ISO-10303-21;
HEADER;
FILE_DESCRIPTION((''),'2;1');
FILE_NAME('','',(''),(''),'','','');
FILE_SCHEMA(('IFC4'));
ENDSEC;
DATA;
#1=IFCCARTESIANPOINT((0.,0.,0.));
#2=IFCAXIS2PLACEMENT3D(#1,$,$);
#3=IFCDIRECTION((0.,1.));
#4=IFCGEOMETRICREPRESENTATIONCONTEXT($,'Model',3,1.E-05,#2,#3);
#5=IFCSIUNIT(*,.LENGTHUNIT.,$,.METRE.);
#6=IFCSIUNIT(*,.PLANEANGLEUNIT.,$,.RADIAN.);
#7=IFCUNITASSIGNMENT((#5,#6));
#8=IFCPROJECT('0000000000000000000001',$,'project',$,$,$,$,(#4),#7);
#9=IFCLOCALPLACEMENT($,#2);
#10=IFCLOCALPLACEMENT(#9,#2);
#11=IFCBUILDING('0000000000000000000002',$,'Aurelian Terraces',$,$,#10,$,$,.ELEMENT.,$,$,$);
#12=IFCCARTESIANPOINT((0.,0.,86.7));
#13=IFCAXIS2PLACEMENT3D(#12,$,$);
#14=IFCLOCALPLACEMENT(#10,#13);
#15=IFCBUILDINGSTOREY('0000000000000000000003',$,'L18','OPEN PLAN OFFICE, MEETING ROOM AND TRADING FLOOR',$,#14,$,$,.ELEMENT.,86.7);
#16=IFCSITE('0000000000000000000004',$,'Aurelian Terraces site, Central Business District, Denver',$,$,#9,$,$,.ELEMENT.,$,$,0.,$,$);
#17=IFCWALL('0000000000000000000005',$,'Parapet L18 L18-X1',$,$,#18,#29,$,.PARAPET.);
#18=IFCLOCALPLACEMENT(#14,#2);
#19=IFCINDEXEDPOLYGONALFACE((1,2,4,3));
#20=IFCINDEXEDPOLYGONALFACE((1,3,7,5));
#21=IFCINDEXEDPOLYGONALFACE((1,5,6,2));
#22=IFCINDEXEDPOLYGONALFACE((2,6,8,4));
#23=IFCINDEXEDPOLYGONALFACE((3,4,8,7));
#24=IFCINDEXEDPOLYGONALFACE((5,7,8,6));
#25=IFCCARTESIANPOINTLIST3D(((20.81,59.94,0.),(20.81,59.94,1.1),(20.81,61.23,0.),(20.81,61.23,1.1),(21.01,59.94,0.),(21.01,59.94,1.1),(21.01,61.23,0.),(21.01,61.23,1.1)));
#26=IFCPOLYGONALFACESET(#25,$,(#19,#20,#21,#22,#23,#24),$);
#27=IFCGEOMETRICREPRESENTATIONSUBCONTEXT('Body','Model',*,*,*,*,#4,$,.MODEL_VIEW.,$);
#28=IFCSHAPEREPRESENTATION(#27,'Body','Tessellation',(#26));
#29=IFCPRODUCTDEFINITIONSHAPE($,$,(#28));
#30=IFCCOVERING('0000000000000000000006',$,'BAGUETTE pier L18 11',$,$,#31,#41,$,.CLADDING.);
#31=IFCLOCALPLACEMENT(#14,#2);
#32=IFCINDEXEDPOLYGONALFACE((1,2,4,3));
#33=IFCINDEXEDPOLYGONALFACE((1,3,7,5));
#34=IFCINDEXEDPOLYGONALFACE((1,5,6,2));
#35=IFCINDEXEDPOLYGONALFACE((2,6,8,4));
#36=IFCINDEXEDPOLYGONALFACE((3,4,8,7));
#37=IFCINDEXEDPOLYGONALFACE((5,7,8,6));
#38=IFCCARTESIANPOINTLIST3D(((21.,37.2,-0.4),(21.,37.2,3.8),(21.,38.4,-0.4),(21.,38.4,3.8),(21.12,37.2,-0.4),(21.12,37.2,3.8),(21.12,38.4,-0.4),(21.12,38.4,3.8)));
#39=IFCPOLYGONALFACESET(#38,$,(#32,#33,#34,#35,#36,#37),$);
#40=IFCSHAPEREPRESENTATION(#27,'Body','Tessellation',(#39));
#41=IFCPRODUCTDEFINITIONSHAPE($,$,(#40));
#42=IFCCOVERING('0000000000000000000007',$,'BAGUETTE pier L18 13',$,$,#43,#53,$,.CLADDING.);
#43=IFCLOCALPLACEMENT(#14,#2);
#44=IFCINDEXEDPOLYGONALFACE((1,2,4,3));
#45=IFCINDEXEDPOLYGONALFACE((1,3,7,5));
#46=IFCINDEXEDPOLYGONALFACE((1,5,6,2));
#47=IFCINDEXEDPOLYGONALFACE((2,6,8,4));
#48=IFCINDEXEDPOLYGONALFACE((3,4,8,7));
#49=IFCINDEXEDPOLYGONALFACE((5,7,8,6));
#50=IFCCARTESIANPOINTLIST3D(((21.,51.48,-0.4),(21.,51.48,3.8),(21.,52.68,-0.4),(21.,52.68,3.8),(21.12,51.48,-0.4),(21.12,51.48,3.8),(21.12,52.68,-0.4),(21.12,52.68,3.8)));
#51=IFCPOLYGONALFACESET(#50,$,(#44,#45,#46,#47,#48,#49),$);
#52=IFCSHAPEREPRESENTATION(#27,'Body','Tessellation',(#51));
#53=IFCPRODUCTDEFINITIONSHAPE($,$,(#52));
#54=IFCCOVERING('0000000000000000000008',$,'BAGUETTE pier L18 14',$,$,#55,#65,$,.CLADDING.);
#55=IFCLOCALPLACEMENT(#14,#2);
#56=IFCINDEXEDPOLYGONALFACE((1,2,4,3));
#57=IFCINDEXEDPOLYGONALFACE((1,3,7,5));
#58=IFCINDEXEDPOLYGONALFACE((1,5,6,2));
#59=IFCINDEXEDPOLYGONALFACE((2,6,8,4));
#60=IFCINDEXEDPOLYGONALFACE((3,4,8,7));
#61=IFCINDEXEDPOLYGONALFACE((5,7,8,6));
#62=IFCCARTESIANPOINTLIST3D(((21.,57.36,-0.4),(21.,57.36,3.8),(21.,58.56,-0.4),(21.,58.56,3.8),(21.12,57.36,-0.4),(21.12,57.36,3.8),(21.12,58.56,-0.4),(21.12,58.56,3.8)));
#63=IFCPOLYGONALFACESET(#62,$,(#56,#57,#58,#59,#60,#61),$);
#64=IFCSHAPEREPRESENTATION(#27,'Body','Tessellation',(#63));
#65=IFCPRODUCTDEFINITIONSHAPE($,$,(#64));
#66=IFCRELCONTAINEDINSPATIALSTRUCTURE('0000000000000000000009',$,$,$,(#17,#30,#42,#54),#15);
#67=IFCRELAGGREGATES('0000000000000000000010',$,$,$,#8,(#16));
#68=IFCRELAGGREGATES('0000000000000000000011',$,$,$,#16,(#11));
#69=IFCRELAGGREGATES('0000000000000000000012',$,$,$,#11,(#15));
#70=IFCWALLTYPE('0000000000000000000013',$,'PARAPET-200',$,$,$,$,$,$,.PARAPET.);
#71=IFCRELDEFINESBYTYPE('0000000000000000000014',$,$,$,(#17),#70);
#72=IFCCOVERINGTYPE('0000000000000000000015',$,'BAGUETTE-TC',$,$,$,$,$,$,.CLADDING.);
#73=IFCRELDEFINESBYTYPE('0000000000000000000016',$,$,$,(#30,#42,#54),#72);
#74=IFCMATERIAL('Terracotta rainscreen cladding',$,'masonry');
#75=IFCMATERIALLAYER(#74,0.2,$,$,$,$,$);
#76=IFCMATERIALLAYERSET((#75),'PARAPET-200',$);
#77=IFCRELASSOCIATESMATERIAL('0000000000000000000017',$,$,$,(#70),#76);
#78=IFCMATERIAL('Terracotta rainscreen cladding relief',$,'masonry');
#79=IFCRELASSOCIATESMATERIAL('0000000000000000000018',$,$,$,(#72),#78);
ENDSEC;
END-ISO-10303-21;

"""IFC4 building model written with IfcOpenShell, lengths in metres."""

from ifc_helpers import new_model, si_unit, direction, frame, frame_2d, origin, origin_2d, place, context, subcontext, project, spatial, rectangle, extrude, source, transform, mapped, material, layer, layer_set, type_object, element, save


model = new_model("IFC4")

# Units and contexts
model_context = context("Model", 3, precision=1e-05, world=origin(), true_north=direction((0.0, 1.0)))
body_context = subcontext(model_context, "Body", "Model", "MODEL_VIEW")
ifc_project = project(units=[si_unit("LENGTHUNIT", "METRE"), si_unit("PLANEANGLEUNIT", "RADIAN")], contexts=[model_context])

# Site, building, storey
site_placement = place(None, origin())
site = spatial("IfcSite", under=ifc_project, at=site_placement, Name="Aurelian Terraces site, Central Business District, Denver", CompositionType="ELEMENT", RefElevation=0.0)
building_placement = place(site_placement, origin())
building = spatial("IfcBuilding", under=site, at=building_placement, Name="Aurelian Terraces", CompositionType="ELEMENT")
storey_placement = place(building_placement, frame((0.0, 0.0, 86.7)))
storey = spatial("IfcBuildingStorey", under=building, at=storey_placement, Name="L18", Description="OPEN PLAN OFFICE, MEETING ROOM AND TRADING FLOOR", CompositionType="ELEMENT", Elevation=86.7)

# Shared definitions
ifc_material_1 = material(Name="Terracotta rainscreen cladding", Category="masonry")

# Wall
ifc_layer_1 = layer(ifc_material_1, 0.2)
ifc_layer_set_1 = layer_set([ifc_layer_1], Name="PARAPET-200")
wall_type_1 = type_object("IfcWallType", Name="PARAPET-200", PredefinedType="PARAPET", material=ifc_layer_set_1)
shared_shape_1 = source(origin(), body_context, "Body", "SweptSolid", [
    extrude(rectangle(XDim=1.29, YDim=0.2, at=frame_2d((0.645, 0.0))), origin(), (0.0, 0.0, 1.0), 1.1),
])
wall_1_placement = place(storey_placement, frame((20.91, 61.23, 0.0), z_axis=(0.0, 0.0, 1.0), x_axis=(0.0, -1.0, 0.0)))
element("IfcWall", 1, at=wall_1_placement, inside=storey, type_object=wall_type_1, Name="Parapet L18 L18-X1", PredefinedType="PARAPET", context=body_context, shape_type="MappedRepresentation", body=[
    mapped(shared_shape_1, transform((0.0, 0.0, 0.0), scale=1.0)),
])

# Coverings
ifc_material_2 = material(Name="Terracotta rainscreen cladding relief", Category="masonry")
covering_type = type_object("IfcCoveringType", Name="BAGUETTE-TC", PredefinedType="CLADDING", material=ifc_material_2)
shared_shape_2 = source(origin(), body_context, "Body", "SweptSolid", [
    extrude(rectangle(XDim=0.12, YDim=1.2, at=origin_2d()), origin(), (0.0, 0.0, 1.0), 4.2),
])
for number, where, z_axis, x_axis, name in (
    (2, (21.06, 37.8, -0.4), (0.0, 0.0, 1.0), (1.0, 0.0, 0.0), "BAGUETTE pier L18 11"),
    (3, (21.06, 52.08, -0.4), (0.0, 0.0, 1.0), (1.0, 0.0, 0.0), "BAGUETTE pier L18 13"),
    (4, (21.06, 57.96, -0.4), (0.0, 0.0, 1.0), (1.0, 0.0, 0.0), "BAGUETTE pier L18 14"),
):
    element("IfcCovering", number, at=place(storey_placement, frame(where, z_axis=z_axis, x_axis=x_axis)), inside=storey, type_object=covering_type, Name=name, PredefinedType="CLADDING", context=body_context, shape_type="MappedRepresentation", body=[
        mapped(shared_shape_2, transform((0.0, 0.0, 0.0), scale=1.0)),
    ])

save(model, "model.ifc")
